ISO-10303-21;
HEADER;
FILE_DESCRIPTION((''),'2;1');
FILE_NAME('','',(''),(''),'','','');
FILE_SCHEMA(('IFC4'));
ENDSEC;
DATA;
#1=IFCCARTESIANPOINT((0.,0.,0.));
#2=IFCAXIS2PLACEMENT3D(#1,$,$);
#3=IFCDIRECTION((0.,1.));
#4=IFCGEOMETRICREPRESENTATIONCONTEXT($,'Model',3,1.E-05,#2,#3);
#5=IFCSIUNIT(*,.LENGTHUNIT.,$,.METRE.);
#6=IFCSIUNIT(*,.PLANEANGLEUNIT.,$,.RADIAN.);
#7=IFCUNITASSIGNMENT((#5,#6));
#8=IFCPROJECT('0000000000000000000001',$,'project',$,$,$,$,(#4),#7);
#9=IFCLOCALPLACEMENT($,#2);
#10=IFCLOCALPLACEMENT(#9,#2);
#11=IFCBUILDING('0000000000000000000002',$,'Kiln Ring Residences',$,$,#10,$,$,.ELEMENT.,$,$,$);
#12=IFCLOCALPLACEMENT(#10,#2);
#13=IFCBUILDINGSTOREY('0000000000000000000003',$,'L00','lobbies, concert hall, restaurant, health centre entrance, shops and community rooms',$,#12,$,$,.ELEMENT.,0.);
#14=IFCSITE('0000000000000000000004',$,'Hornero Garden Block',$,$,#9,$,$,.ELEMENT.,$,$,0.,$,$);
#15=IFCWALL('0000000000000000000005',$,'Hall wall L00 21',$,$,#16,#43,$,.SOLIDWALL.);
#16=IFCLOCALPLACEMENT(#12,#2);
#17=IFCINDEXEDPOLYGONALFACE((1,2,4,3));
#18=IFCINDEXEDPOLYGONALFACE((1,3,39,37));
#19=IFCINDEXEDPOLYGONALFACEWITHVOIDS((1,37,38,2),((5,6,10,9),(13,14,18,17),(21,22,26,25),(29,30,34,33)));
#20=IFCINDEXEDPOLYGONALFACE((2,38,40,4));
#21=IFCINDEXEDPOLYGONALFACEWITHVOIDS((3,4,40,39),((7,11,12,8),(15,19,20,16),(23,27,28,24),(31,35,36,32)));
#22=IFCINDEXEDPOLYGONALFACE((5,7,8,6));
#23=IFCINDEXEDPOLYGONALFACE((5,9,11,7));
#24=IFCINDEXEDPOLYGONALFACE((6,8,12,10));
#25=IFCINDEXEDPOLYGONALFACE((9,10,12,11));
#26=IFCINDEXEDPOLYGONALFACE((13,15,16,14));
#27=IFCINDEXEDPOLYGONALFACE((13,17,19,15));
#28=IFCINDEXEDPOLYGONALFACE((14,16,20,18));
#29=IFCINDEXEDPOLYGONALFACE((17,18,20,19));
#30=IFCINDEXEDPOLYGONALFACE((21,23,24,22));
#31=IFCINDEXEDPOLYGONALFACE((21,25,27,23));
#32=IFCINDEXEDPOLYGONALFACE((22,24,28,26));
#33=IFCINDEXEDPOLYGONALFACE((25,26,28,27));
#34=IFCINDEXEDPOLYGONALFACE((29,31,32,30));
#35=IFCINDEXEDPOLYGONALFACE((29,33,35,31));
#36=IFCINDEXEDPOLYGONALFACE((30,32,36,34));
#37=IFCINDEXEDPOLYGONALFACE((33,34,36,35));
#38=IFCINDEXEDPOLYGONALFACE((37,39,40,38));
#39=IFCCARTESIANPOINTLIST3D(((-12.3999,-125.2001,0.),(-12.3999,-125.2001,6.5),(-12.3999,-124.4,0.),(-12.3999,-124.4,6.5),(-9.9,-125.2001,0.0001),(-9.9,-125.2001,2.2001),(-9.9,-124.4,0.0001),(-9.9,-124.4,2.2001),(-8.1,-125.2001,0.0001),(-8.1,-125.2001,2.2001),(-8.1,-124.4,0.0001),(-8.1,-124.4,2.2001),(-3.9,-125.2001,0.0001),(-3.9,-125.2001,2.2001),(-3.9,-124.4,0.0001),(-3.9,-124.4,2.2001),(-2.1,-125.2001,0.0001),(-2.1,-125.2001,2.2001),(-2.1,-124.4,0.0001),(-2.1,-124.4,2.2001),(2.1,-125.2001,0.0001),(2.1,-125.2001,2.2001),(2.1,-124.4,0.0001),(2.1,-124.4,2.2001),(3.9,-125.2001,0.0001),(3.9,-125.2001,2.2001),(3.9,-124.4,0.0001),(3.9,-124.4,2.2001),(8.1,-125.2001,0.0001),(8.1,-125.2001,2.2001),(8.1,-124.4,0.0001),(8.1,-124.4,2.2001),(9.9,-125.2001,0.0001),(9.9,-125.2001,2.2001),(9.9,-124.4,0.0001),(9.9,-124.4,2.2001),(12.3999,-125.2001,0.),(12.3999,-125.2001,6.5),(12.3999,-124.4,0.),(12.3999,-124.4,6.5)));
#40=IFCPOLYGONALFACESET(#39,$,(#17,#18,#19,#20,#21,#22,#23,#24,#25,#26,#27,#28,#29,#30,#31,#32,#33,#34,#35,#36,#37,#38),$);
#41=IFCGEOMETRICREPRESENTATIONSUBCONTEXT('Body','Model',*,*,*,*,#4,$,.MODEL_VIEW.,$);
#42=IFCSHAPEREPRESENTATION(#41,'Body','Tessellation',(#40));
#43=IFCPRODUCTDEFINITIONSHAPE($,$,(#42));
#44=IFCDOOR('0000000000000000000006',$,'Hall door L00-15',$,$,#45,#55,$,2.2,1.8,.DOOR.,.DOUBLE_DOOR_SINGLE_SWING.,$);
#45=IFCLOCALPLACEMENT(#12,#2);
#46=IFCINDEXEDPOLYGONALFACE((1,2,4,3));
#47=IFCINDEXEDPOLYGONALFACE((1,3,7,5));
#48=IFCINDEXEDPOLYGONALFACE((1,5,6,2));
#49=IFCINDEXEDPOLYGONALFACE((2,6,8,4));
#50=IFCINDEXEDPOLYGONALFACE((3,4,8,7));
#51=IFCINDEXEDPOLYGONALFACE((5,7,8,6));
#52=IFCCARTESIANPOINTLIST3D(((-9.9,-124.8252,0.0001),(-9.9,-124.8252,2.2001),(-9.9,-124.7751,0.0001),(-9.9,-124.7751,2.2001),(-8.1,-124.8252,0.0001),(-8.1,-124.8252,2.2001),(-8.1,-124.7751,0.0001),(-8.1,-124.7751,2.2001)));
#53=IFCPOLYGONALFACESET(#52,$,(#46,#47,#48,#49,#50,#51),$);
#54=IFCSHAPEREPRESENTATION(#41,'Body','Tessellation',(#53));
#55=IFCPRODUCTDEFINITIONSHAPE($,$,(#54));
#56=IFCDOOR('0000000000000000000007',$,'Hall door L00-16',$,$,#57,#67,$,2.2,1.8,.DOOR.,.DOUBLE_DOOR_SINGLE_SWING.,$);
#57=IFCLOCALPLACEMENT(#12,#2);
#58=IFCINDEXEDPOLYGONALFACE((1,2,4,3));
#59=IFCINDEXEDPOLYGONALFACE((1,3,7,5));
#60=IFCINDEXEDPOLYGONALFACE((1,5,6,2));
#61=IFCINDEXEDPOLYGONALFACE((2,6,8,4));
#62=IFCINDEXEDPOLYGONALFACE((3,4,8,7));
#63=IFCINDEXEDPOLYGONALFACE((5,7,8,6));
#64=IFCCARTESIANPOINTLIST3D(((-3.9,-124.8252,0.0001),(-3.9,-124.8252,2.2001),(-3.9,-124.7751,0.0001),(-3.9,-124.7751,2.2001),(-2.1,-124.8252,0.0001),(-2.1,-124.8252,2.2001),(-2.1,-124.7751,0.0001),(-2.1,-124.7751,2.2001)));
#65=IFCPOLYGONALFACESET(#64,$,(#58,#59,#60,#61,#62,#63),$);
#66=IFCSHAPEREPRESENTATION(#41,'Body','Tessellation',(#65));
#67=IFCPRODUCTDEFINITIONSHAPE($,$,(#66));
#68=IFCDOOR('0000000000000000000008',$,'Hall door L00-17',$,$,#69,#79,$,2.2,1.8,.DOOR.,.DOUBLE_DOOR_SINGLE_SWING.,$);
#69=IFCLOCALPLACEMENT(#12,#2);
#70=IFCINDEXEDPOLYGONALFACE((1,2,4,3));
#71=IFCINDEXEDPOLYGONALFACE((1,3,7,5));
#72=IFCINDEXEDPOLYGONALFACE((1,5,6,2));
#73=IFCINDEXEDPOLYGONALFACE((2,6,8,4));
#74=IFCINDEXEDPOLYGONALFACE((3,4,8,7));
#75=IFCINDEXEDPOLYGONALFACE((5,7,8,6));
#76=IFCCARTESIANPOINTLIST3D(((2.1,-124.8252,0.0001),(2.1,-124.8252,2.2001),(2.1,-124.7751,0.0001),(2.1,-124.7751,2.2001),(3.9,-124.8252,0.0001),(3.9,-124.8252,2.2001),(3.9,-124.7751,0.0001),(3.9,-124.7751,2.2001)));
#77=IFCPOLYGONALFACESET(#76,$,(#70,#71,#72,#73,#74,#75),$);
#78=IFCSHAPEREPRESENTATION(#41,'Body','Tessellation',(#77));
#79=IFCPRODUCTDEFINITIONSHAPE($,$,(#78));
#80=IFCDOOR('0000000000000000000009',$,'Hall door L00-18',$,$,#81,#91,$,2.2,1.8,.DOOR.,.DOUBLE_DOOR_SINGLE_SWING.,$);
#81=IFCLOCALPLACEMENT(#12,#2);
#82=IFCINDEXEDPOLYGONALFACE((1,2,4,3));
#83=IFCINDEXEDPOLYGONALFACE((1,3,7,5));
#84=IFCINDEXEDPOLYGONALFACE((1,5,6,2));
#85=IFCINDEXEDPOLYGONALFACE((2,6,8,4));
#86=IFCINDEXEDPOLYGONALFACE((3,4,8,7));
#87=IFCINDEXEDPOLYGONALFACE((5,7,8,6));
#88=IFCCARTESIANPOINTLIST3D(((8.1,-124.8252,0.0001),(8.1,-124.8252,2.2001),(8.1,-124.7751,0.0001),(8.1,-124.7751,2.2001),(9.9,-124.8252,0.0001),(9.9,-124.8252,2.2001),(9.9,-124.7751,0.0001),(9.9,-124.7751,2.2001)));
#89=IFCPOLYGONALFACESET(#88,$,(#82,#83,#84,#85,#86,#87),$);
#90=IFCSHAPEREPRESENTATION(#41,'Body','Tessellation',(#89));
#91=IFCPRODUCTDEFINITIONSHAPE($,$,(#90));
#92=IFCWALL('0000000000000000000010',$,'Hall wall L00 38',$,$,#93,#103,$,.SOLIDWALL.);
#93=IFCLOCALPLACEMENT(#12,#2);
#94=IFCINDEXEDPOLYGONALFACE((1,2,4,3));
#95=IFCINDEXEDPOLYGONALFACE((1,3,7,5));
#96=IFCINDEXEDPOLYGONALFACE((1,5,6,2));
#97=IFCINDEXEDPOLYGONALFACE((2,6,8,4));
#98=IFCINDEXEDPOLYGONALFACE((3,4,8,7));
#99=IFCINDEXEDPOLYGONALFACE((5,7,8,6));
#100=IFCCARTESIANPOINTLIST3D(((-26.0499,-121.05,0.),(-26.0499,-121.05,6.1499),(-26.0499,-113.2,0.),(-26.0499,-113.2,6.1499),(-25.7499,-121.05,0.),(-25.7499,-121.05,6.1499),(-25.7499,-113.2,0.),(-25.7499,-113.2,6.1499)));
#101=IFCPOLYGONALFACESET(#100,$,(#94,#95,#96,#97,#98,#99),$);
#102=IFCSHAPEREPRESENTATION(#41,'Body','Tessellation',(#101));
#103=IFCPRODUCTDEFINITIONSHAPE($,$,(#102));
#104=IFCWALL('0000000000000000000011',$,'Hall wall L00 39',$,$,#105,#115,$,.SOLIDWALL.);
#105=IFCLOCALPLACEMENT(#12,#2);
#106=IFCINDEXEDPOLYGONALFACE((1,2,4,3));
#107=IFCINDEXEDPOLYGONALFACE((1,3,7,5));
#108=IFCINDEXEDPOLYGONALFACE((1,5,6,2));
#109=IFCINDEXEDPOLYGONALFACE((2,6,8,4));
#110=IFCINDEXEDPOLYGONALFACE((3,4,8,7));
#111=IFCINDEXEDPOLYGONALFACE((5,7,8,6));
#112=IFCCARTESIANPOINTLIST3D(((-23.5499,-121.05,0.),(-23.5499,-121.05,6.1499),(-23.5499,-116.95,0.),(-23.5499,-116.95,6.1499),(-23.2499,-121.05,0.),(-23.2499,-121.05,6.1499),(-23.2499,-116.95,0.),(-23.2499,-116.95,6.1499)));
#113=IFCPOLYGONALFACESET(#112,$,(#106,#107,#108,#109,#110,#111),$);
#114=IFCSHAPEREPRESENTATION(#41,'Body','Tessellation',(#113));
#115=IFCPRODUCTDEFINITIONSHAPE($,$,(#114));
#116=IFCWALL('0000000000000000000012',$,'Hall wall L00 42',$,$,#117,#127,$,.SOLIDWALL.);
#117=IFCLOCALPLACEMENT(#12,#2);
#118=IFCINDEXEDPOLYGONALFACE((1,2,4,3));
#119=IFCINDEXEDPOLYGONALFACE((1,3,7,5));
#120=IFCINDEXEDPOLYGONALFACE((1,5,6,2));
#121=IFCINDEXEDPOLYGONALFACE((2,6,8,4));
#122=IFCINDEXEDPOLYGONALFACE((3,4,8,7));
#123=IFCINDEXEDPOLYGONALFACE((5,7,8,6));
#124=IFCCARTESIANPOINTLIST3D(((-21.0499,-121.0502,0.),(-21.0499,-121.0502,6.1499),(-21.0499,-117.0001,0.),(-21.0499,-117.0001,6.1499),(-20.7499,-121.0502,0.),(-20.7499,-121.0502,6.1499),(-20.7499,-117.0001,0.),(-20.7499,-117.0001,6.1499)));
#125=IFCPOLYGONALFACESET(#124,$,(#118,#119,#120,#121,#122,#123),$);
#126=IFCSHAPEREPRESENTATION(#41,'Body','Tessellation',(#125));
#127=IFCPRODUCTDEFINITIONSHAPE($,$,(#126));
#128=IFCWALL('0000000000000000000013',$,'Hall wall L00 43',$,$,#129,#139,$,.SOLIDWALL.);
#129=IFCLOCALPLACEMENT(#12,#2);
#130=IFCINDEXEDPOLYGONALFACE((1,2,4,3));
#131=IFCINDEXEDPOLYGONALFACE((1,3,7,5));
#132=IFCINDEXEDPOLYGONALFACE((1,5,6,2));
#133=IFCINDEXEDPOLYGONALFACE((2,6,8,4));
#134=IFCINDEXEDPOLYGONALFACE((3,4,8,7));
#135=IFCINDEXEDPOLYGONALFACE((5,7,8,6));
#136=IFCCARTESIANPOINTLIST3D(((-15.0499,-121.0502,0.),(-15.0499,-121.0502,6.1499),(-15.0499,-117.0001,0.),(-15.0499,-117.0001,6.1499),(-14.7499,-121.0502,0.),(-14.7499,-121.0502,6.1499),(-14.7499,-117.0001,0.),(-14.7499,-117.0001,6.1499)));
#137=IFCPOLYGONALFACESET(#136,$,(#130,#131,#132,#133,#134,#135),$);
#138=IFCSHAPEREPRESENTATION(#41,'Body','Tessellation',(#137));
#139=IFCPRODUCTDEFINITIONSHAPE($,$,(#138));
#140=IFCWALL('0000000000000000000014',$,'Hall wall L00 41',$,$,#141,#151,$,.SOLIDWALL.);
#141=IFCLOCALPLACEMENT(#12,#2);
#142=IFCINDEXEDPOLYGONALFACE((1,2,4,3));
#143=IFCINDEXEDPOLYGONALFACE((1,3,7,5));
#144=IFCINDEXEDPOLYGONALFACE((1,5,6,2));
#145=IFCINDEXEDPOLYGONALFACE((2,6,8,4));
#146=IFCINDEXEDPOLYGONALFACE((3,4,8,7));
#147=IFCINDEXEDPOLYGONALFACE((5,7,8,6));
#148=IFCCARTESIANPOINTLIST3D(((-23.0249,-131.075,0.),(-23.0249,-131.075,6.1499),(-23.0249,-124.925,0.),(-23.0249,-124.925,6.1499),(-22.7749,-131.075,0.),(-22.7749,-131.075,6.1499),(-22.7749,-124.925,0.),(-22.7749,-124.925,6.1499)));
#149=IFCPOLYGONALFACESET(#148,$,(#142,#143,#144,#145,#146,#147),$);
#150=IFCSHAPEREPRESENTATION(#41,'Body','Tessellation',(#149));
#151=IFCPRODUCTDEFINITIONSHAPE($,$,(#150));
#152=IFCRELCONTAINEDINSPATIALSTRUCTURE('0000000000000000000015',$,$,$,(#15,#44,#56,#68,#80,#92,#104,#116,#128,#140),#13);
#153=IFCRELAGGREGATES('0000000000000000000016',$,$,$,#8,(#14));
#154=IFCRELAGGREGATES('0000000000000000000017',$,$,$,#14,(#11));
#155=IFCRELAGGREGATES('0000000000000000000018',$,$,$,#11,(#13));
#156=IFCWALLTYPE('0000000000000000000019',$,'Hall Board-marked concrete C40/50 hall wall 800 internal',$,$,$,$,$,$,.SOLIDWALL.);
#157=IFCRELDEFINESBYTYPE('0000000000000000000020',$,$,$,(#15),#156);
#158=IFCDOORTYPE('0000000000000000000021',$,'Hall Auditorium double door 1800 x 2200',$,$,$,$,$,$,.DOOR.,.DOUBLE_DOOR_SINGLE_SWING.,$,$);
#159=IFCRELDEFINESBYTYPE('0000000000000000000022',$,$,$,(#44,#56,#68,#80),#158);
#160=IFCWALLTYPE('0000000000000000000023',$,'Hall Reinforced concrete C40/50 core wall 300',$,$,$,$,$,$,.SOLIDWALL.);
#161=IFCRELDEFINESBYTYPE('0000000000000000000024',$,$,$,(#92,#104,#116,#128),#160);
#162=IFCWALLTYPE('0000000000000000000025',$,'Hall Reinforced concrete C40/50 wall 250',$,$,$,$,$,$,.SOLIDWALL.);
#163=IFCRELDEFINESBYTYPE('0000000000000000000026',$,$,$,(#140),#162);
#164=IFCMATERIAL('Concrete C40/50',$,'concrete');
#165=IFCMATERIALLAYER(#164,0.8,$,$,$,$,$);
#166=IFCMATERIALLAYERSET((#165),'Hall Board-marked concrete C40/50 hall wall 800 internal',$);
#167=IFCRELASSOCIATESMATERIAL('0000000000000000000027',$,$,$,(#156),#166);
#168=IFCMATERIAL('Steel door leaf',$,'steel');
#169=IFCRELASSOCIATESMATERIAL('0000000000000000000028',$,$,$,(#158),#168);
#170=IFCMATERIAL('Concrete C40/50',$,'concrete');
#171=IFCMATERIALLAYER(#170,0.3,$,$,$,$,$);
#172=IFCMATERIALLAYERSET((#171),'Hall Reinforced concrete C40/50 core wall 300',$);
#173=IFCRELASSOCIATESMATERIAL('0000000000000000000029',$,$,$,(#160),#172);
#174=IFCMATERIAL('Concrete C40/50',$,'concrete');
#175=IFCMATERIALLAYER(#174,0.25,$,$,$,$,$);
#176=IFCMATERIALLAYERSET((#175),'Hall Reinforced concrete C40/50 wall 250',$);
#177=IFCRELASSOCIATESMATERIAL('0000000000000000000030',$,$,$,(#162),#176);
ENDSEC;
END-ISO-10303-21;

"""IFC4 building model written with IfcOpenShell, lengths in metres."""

from ifc_helpers import new_model, si_unit, direction, frame, frame_2d, origin, place, context, subcontext, project, spatial, rectangle, extrude, material, layer, layer_set, type_object, element, fill, save


model = new_model("IFC4")

# Units and contexts
model_context = context("Model", 3, precision=1e-05, world=origin(), true_north=direction((0.0, 1.0)))
body_context = subcontext(model_context, "Body", "Model", "MODEL_VIEW")
ifc_project = project(units=[si_unit("LENGTHUNIT", "METRE"), si_unit("PLANEANGLEUNIT", "RADIAN")], contexts=[model_context])

# Site, building, storey
site_placement = place(None, origin())
site = spatial("IfcSite", under=ifc_project, at=site_placement, Name="Hornero Garden Block", CompositionType="ELEMENT", RefElevation=0.0)
building_placement = place(site_placement, origin())
building = spatial("IfcBuilding", under=site, at=building_placement, Name="Kiln Ring Residences", CompositionType="ELEMENT")
storey_placement = place(building_placement, origin())
storey = spatial("IfcBuildingStorey", under=building, at=storey_placement, Name="L00", Description="lobbies, concert hall, restaurant, health centre entrance, shops and community rooms", CompositionType="ELEMENT", Elevation=0.0)

# Wall, openings, doors
ifc_material_1 = material(Name="Concrete C40/50", Category="concrete")
ifc_layer_1 = layer(ifc_material_1, 0.8)
ifc_layer_set_1 = layer_set([ifc_layer_1], Name="Hall Board-marked concrete C40/50 hall wall 800 internal")
wall_type_1 = type_object("IfcWallType", Name="Hall Board-marked concrete C40/50 hall wall 800 internal", PredefinedType="SOLIDWALL", material=ifc_layer_set_1)
wall_1_placement = place(storey_placement, frame((-12.3999, -124.8, 0.0), z_axis=(0.0, 0.0, 1.0), x_axis=(1.0, 0.0, 0.0)))
wall_1 = element("IfcWall", 1, at=wall_1_placement, inside=storey, type_object=wall_type_1, Name="Hall wall L00 21", PredefinedType="SOLIDWALL", context=body_context, shape_type="SweptSolid", body=[
    extrude(rectangle(XDim=24.7998, YDim=0.8, at=frame_2d((12.3999, 0.0))), origin(), (0.0, 0.0, 1.0), 6.5),
])
opening_1_placement = place(wall_1_placement, frame((2.5, 0.0, 0.0)))
opening_1 = element("IfcOpeningElement", 2, at=opening_1_placement, cuts=wall_1, PredefinedType="OPENING", context=body_context, shape_type="SweptSolid", body=[
    extrude(rectangle(XDim=1.8, YDim=2.2, at=frame_2d((0.8999, 1.1001))), frame((0.0, 0.4099, 0.0), z_axis=(0.0, -1.0, 0.0), x_axis=(1.0, 0.0, 0.0)), (0.0, 0.0, 1.0), 0.8201),
])
opening_2_placement = place(wall_1_placement, frame((8.5, 0.0, 0.0)))
opening_2 = element("IfcOpeningElement", 3, at=opening_2_placement, cuts=wall_1, PredefinedType="OPENING", context=body_context, shape_type="SweptSolid", body=[
    extrude(rectangle(XDim=1.8, YDim=2.2, at=frame_2d((0.8999, 1.1001))), frame((0.0, 0.4099, 0.0), z_axis=(0.0, -1.0, 0.0), x_axis=(1.0, 0.0, 0.0)), (0.0, 0.0, 1.0), 0.8201),
])
opening_3_placement = place(wall_1_placement, frame((14.5, 0.0, 0.0)))
opening_3 = element("IfcOpeningElement", 4, at=opening_3_placement, cuts=wall_1, PredefinedType="OPENING", context=body_context, shape_type="SweptSolid", body=[
    extrude(rectangle(XDim=1.8, YDim=2.2, at=frame_2d((0.8999, 1.1001))), frame((0.0, 0.4099, 0.0), z_axis=(0.0, -1.0, 0.0), x_axis=(1.0, 0.0, 0.0)), (0.0, 0.0, 1.0), 0.8201),
])
opening_4_placement = place(wall_1_placement, frame((20.5, 0.0, 0.0)))
opening_4 = element("IfcOpeningElement", 5, at=opening_4_placement, cuts=wall_1, PredefinedType="OPENING", context=body_context, shape_type="SweptSolid", body=[
    extrude(rectangle(XDim=1.8, YDim=2.2, at=frame_2d((0.8999, 1.1001))), frame((0.0, 0.4099, 0.0), z_axis=(0.0, -1.0, 0.0), x_axis=(1.0, 0.0, 0.0)), (0.0, 0.0, 1.0), 0.8201),
])
ifc_material_2 = material(Name="Steel door leaf", Category="steel")
door_type = type_object("IfcDoorType", Name="Hall Auditorium double door 1800 x 2200", OperationType="DOUBLE_DOOR_SINGLE_SWING", PredefinedType="DOOR", material=ifc_material_2)
door_1_placement = place(opening_1_placement, origin())
door_1 = element("IfcDoor", 6, at=door_1_placement, inside=storey, type_object=door_type, Name="Hall door L00-15", OperationType="DOUBLE_DOOR_SINGLE_SWING", OverallHeight=2.2, OverallWidth=1.8, PredefinedType="DOOR", context=body_context, shape_type="SweptSolid", body=[
    extrude(rectangle(XDim=1.8, YDim=2.2, at=frame_2d((0.8999, 1.1001))), frame((0.0, 0.0249, 0.0), z_axis=(0.0, -1.0, 0.0), x_axis=(1.0, 0.0, 0.0)), (0.0, 0.0, 1.0), 0.05),
])
fill(opening_1, door_1)
door_2_placement = place(opening_2_placement, origin())
door_2 = element("IfcDoor", 7, at=door_2_placement, inside=storey, type_object=door_type, Name="Hall door L00-16", OperationType="DOUBLE_DOOR_SINGLE_SWING", OverallHeight=2.2, OverallWidth=1.8, PredefinedType="DOOR", context=body_context, shape_type="SweptSolid", body=[
    extrude(rectangle(XDim=1.8, YDim=2.2, at=frame_2d((0.8999, 1.1001))), frame((0.0, 0.0249, 0.0), z_axis=(0.0, -1.0, 0.0), x_axis=(1.0, 0.0, 0.0)), (0.0, 0.0, 1.0), 0.05),
])
fill(opening_2, door_2)
door_3_placement = place(opening_3_placement, origin())
door_3 = element("IfcDoor", 8, at=door_3_placement, inside=storey, type_object=door_type, Name="Hall door L00-17", OperationType="DOUBLE_DOOR_SINGLE_SWING", OverallHeight=2.2, OverallWidth=1.8, PredefinedType="DOOR", context=body_context, shape_type="SweptSolid", body=[
    extrude(rectangle(XDim=1.8, YDim=2.2, at=frame_2d((0.8999, 1.1001))), frame((0.0, 0.0249, 0.0), z_axis=(0.0, -1.0, 0.0), x_axis=(1.0, 0.0, 0.0)), (0.0, 0.0, 1.0), 0.05),
])
fill(opening_3, door_3)
door_4_placement = place(opening_4_placement, origin())
door_4 = element("IfcDoor", 9, at=door_4_placement, inside=storey, type_object=door_type, Name="Hall door L00-18", OperationType="DOUBLE_DOOR_SINGLE_SWING", OverallHeight=2.2, OverallWidth=1.8, PredefinedType="DOOR", context=body_context, shape_type="SweptSolid", body=[
    extrude(rectangle(XDim=1.8, YDim=2.2, at=frame_2d((0.8999, 1.1001))), frame((0.0, 0.0249, 0.0), z_axis=(0.0, -1.0, 0.0), x_axis=(1.0, 0.0, 0.0)), (0.0, 0.0, 1.0), 0.05),
])
fill(opening_4, door_4)

# Walls
ifc_material_3 = material(Name="Concrete C40/50", Category="concrete")
ifc_layer_2 = layer(ifc_material_3, 0.3)
ifc_layer_set_2 = layer_set([ifc_layer_2], Name="Hall Reinforced concrete C40/50 core wall 300")
wall_type_2 = type_object("IfcWallType", Name="Hall Reinforced concrete C40/50 core wall 300", PredefinedType="SOLIDWALL", material=ifc_layer_set_2)
wall_2_placement = place(storey_placement, frame((-25.8999, -121.05, 0.0), z_axis=(0.0, 0.0, 1.0), x_axis=(0.0, 1.0, 0.0)))
element("IfcWall", 10, at=wall_2_placement, inside=storey, type_object=wall_type_2, Name="Hall wall L00 38", PredefinedType="SOLIDWALL", context=body_context, shape_type="SweptSolid", body=[
    extrude(rectangle(XDim=7.8501, YDim=0.3, at=frame_2d((3.925, 0.0))), origin(), (0.0, 0.0, 1.0), 6.1499),
])
wall_3_placement = place(storey_placement, frame((-23.3999, -121.05, 0.0), z_axis=(0.0, 0.0, 1.0), x_axis=(0.0, 1.0, 0.0)))
element("IfcWall", 11, at=wall_3_placement, inside=storey, type_object=wall_type_2, Name="Hall wall L00 39", PredefinedType="SOLIDWALL", context=body_context, shape_type="SweptSolid", body=[
    extrude(rectangle(XDim=4.1001, YDim=0.3, at=frame_2d((2.05, 0.0))), origin(), (0.0, 0.0, 1.0), 6.1499),
])
for number, where, z_axis, x_axis, name in (
    (12, (-20.8999, -121.05, 0.0), (0.0, 0.0, 1.0), (0.0, 1.0, 0.0), "Hall wall L00 42"),
    (13, (-14.8999, -121.05, 0.0), (0.0, 0.0, 1.0), (0.0, 1.0, 0.0), "Hall wall L00 43"),
):
    element("IfcWall", number, at=place(storey_placement, frame(where, z_axis=z_axis, x_axis=x_axis)), inside=storey, type_object=wall_type_2, Name=name, PredefinedType="SOLIDWALL", context=body_context, shape_type="SweptSolid", body=[
        extrude(rectangle(XDim=4.05, YDim=0.3, at=frame_2d((2.0249, 0.0))), origin(), (0.0, 0.0, 1.0), 6.1499),
    ])
ifc_material_4 = material(Name="Concrete C40/50", Category="concrete")
ifc_layer_3 = layer(ifc_material_4, 0.25)
ifc_layer_set_3 = layer_set([ifc_layer_3], Name="Hall Reinforced concrete C40/50 wall 250")
wall_type_3 = type_object("IfcWallType", Name="Hall Reinforced concrete C40/50 wall 250", PredefinedType="SOLIDWALL", material=ifc_layer_set_3)
wall_4_placement = place(storey_placement, frame((-22.8999, -131.075, 0.0), z_axis=(0.0, 0.0, 1.0), x_axis=(0.0, 1.0, 0.0)))
element("IfcWall", 14, at=wall_4_placement, inside=storey, type_object=wall_type_3, Name="Hall wall L00 41", PredefinedType="SOLIDWALL", context=body_context, shape_type="SweptSolid", body=[
    extrude(rectangle(XDim=6.1499, YDim=0.25, at=frame_2d((3.075, 0.0))), origin(), (0.0, 0.0, 1.0), 6.1499),
])

save(model, "model.ifc")
